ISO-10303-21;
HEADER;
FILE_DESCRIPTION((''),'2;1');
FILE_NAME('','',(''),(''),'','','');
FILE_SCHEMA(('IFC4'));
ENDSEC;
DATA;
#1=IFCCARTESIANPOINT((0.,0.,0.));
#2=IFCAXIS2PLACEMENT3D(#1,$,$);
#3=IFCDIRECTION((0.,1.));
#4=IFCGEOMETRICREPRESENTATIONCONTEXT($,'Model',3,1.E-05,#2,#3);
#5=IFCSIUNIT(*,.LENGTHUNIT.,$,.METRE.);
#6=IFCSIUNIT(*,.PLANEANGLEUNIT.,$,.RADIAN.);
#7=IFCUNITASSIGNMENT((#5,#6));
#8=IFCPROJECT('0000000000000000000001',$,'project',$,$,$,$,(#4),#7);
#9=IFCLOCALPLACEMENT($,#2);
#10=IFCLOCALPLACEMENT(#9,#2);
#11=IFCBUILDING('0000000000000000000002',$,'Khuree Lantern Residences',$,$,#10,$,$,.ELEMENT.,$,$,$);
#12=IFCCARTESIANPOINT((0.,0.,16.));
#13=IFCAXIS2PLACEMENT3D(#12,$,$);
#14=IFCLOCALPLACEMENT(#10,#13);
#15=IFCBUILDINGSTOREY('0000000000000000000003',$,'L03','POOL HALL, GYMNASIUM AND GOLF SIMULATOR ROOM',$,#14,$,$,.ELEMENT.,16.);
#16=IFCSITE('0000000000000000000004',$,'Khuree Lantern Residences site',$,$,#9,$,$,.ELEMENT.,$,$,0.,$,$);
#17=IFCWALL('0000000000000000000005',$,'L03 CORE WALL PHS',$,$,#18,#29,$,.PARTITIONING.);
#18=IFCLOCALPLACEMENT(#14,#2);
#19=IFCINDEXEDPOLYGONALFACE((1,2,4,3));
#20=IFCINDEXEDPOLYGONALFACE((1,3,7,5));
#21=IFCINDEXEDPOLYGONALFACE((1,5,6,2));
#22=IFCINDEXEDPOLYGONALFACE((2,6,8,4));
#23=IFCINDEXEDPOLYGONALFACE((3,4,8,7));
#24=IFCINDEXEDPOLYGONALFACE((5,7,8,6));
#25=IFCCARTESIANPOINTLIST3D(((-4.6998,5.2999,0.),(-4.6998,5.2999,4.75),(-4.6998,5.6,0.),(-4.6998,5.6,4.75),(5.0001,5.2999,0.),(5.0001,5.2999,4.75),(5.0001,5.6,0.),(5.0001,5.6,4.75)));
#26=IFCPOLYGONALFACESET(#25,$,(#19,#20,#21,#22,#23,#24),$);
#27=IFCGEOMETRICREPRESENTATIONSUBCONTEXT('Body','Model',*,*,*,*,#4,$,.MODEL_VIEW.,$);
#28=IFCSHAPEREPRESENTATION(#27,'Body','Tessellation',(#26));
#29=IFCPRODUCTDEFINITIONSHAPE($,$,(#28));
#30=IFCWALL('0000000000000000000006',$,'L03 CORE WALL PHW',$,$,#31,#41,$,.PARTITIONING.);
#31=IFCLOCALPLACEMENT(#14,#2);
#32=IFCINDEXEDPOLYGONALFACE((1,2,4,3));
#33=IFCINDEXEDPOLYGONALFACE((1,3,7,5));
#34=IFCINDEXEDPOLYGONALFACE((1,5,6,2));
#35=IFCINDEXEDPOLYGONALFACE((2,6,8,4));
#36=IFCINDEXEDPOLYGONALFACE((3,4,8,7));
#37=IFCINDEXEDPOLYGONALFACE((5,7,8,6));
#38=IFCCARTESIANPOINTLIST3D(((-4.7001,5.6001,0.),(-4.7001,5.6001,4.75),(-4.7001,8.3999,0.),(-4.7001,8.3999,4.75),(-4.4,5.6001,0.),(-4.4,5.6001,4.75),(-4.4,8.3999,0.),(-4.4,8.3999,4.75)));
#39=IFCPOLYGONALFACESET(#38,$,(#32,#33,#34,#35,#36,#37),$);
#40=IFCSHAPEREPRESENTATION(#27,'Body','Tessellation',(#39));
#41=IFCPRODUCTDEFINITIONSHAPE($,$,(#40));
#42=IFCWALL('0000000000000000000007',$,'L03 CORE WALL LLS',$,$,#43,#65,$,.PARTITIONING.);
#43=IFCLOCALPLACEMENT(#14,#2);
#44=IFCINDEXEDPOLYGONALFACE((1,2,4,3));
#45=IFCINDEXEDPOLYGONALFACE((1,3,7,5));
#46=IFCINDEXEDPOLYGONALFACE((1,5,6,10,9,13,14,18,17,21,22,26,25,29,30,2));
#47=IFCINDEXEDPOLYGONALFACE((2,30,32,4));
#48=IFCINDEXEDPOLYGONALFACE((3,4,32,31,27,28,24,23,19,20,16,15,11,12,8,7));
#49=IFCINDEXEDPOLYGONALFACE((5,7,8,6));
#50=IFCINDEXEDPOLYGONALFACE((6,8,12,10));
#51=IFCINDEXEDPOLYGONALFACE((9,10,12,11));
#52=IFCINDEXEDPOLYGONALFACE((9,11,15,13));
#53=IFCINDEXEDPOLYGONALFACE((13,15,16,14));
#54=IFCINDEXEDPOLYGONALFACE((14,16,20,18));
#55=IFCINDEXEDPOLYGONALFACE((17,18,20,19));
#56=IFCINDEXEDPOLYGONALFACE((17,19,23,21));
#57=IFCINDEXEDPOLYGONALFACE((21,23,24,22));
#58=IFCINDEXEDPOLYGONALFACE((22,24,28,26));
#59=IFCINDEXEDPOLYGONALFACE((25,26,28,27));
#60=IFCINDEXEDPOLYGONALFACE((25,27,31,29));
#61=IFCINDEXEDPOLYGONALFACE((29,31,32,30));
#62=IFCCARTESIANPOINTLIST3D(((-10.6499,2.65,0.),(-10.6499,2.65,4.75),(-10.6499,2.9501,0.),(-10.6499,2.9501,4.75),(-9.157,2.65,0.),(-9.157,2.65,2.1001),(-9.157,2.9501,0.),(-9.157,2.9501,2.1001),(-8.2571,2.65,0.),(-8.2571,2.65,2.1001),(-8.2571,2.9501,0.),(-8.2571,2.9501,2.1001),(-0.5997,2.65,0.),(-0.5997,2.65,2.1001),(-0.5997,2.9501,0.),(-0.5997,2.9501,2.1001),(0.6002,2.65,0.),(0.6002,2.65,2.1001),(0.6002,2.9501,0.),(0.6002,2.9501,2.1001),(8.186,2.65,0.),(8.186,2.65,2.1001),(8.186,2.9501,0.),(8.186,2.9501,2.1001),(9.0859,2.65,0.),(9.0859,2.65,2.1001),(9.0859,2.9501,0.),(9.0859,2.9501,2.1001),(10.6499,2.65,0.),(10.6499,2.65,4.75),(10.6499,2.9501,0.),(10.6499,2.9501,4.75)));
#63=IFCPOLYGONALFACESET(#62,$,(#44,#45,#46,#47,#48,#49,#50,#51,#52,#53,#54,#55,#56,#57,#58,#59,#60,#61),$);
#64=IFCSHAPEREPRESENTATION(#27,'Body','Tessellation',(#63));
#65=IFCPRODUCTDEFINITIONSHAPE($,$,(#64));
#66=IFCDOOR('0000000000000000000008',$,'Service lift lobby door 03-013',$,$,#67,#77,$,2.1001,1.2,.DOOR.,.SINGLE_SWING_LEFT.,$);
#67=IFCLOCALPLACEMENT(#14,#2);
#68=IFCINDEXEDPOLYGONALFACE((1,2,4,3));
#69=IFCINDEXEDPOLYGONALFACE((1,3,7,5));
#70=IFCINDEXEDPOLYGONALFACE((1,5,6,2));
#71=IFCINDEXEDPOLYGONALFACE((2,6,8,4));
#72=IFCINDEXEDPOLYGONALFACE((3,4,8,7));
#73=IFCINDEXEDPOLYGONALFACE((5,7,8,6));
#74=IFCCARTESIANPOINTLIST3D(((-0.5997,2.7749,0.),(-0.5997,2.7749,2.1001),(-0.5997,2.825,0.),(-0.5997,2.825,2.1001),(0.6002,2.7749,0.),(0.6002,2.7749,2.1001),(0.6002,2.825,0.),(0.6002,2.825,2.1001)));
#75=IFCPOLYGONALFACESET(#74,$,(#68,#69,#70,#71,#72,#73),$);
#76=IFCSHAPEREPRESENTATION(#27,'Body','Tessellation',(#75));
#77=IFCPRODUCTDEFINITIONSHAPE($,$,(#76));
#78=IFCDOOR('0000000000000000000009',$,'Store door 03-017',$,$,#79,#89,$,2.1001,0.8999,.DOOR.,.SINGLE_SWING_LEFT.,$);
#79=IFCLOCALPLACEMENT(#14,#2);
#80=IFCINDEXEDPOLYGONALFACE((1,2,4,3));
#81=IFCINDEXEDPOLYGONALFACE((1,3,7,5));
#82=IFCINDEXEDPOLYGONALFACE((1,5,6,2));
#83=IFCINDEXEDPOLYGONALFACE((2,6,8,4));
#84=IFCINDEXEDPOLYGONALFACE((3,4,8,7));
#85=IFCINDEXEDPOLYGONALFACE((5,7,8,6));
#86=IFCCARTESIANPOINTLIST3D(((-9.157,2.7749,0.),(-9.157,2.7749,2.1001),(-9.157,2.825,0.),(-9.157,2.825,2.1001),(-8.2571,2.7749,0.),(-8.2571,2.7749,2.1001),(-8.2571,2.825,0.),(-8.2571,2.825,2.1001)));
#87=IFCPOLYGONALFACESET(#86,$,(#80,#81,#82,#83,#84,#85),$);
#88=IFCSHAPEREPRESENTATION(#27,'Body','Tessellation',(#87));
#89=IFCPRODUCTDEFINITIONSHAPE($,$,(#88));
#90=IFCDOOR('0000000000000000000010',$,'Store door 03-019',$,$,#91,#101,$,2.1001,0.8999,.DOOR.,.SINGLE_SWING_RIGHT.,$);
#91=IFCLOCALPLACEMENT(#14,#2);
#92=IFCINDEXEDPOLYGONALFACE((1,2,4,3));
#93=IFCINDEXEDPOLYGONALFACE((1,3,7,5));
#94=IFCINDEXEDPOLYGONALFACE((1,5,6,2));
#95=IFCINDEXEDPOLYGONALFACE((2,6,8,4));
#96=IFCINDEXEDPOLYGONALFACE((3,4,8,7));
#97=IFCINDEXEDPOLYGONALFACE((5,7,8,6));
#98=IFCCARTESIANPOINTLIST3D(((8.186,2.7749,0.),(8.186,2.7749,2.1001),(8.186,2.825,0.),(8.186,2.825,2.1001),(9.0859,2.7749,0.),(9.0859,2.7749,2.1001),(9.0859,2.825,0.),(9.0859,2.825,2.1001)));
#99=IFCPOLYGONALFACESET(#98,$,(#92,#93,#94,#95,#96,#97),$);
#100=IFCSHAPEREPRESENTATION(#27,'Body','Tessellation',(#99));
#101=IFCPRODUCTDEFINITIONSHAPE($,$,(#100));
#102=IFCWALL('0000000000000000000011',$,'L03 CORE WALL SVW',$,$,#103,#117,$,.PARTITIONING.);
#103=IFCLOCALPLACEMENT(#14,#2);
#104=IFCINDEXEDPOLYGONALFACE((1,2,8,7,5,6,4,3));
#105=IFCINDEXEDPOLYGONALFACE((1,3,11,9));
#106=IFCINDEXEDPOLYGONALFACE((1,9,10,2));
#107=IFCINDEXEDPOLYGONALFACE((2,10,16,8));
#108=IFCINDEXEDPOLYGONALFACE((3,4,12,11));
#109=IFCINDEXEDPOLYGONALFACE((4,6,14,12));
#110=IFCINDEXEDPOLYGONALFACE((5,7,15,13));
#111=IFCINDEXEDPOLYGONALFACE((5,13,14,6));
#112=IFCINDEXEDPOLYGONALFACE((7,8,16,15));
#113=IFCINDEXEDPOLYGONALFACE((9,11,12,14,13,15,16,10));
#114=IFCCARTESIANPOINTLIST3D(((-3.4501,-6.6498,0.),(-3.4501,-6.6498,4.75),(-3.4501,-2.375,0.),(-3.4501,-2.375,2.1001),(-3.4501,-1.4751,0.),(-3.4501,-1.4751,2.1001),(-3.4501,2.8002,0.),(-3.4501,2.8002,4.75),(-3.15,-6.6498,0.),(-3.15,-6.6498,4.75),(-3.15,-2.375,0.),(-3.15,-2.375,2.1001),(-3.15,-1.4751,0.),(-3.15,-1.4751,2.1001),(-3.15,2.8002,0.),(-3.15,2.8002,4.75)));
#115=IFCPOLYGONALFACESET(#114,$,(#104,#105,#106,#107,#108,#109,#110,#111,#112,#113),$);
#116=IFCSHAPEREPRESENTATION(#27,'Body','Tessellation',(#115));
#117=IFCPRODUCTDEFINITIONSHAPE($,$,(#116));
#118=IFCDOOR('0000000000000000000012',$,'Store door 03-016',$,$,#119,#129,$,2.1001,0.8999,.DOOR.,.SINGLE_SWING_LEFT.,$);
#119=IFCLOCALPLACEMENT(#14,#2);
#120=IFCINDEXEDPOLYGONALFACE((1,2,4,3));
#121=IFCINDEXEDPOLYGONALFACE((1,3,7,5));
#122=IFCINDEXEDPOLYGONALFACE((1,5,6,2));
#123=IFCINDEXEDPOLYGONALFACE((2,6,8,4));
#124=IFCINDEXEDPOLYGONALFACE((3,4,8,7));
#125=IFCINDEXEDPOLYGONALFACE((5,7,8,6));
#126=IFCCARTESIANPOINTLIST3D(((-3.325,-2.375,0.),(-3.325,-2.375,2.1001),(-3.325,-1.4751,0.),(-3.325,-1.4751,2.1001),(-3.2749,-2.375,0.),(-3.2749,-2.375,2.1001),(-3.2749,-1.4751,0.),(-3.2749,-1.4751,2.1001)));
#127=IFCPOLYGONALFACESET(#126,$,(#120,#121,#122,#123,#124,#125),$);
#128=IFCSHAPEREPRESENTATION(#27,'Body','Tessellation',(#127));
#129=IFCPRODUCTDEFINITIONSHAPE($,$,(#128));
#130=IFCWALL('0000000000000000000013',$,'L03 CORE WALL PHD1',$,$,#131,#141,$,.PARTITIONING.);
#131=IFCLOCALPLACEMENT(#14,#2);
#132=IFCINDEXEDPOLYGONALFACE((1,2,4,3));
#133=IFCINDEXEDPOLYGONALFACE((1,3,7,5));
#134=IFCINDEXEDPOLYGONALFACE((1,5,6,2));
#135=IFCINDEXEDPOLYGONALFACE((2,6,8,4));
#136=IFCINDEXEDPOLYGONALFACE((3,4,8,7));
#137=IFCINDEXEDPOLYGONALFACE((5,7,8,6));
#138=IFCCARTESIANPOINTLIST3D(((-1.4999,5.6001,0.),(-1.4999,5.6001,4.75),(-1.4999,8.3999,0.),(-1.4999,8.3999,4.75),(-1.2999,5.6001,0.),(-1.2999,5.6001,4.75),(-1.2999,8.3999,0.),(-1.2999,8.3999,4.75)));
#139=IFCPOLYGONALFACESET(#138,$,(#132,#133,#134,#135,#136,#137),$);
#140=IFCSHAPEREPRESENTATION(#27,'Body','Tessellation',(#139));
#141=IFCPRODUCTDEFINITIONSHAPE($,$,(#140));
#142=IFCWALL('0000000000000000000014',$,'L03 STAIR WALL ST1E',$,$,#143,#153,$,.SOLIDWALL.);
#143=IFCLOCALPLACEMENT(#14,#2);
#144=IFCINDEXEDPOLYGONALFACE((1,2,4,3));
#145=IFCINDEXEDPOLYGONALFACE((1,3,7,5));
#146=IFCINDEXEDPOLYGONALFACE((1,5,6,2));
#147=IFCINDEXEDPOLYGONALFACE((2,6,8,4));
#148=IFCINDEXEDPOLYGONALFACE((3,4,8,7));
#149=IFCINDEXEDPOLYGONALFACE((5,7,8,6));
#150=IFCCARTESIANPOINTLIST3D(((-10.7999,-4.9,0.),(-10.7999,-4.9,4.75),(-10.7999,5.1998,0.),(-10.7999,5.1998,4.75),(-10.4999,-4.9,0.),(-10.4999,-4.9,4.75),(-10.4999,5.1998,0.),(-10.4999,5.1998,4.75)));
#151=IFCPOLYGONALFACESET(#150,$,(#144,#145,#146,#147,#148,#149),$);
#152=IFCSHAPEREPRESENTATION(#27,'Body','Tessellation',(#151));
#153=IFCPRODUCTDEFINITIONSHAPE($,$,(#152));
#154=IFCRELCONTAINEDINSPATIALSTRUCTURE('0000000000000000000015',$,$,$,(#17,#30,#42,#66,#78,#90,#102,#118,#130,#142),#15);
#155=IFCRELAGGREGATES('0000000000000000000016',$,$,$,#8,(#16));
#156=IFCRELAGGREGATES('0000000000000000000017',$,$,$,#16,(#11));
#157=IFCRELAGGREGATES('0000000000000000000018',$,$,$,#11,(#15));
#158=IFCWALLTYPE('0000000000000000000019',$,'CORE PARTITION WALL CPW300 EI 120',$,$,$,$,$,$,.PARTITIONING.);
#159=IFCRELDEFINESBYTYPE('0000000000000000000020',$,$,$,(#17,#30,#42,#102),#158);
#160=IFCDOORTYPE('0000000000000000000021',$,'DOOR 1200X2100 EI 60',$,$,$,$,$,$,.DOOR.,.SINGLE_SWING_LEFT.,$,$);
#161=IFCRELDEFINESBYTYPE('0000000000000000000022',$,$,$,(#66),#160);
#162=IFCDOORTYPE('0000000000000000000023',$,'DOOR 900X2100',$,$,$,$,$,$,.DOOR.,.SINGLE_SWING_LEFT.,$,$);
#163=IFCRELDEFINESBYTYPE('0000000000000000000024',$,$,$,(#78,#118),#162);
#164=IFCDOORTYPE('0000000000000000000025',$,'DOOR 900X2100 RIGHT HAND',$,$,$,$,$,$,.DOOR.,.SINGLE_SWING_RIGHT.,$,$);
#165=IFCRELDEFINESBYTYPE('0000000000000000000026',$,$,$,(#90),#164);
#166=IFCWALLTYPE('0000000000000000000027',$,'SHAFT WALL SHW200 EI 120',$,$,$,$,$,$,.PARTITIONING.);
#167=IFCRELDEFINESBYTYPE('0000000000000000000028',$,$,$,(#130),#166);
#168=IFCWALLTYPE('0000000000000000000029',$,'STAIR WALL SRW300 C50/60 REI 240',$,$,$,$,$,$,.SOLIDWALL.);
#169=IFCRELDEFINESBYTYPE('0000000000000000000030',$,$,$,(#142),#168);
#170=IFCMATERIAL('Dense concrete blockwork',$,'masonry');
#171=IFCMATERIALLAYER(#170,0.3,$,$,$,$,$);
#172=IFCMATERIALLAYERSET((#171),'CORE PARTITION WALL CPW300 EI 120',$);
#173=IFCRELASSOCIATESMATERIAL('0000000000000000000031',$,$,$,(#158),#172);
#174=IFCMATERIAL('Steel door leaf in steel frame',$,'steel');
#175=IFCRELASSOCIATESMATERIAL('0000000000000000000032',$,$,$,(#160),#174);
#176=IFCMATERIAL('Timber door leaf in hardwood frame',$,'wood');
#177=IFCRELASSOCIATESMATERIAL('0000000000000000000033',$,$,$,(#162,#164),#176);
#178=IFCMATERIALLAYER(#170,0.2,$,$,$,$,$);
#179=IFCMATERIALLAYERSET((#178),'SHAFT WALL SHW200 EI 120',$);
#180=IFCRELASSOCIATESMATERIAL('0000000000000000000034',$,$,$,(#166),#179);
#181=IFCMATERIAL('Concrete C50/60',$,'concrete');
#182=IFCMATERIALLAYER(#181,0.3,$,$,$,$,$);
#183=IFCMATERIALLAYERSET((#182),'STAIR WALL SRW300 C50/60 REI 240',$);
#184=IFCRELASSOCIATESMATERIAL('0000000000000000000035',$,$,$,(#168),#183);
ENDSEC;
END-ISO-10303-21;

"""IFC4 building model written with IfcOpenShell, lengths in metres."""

from ifc_helpers import new_model, si_unit, direction, frame, frame_2d, origin, place, context, subcontext, project, spatial, rectangle, extrude, material, layer, layer_set, type_object, element, fill, save


model = new_model("IFC4")

# Units and contexts
model_context = context("Model", 3, precision=1e-05, world=origin(), true_north=direction((0.0, 1.0)))
body_context = subcontext(model_context, "Body", "Model", "MODEL_VIEW")
ifc_project = project(units=[si_unit("LENGTHUNIT", "METRE"), si_unit("PLANEANGLEUNIT", "RADIAN")], contexts=[model_context])

# Site, building, storey
site_placement = place(None, origin())
site = spatial("IfcSite", under=ifc_project, at=site_placement, Name="Khuree Lantern Residences site", CompositionType="ELEMENT", RefElevation=0.0)
building_placement = place(site_placement, origin())
building = spatial("IfcBuilding", under=site, at=building_placement, Name="Khuree Lantern Residences", CompositionType="ELEMENT")
storey_placement = place(building_placement, frame((0.0, 0.0, 16.0)))
storey = spatial("IfcBuildingStorey", under=building, at=storey_placement, Name="L03", Description="POOL HALL, GYMNASIUM AND GOLF SIMULATOR ROOM", CompositionType="ELEMENT", Elevation=16.0)

# Walls
ifc_material_1 = material(Name="Dense concrete blockwork", Category="masonry")
ifc_layer_1 = layer(ifc_material_1, 0.3)
ifc_layer_set_1 = layer_set([ifc_layer_1], Name="CORE PARTITION WALL CPW300 EI 120")
wall_type_1 = type_object("IfcWallType", Name="CORE PARTITION WALL CPW300 EI 120", PredefinedType="PARTITIONING", material=ifc_layer_set_1)
wall_1_placement = place(storey_placement, frame((-4.7, 5.45, 0.0), z_axis=(0.0, 0.0, 1.0), x_axis=(1.0, 0.0, 0.0)))
element("IfcWall", 1, at=wall_1_placement, inside=storey, type_object=wall_type_1, Name="L03 CORE WALL PHS", PredefinedType="PARTITIONING", context=body_context, shape_type="SweptSolid", body=[
    extrude(rectangle(XDim=9.7, YDim=0.3, at=frame_2d((4.8501, 0.0))), origin(), (0.0, 0.0, 1.0), 4.75),
])
wall_2_placement = place(storey_placement, frame((-4.55, 5.6001, 0.0), z_axis=(0.0, 0.0, 1.0), x_axis=(0.0, 1.0, 0.0)))
element("IfcWall", 2, at=wall_2_placement, inside=storey, type_object=wall_type_1, Name="L03 CORE WALL PHW", PredefinedType="PARTITIONING", context=body_context, shape_type="SweptSolid", body=[
    extrude(rectangle(XDim=2.7998, YDim=0.3, at=frame_2d((1.3999, 0.0))), origin(), (0.0, 0.0, 1.0), 4.75),
])

# Wall, openings, doors
wall_3_placement = place(storey_placement, frame((-10.6499, 2.8, 0.0), z_axis=(0.0, 0.0, 1.0), x_axis=(1.0, 0.0, 0.0)))
wall_3 = element("IfcWall", 3, at=wall_3_placement, inside=storey, type_object=wall_type_1, Name="L03 CORE WALL LLS", PredefinedType="PARTITIONING", context=body_context, shape_type="SweptSolid", body=[
    extrude(rectangle(XDim=21.2998, YDim=0.3, at=frame_2d((10.6499, 0.0))), origin(), (0.0, 0.0, 1.0), 4.75),
])
opening_1_placement = place(wall_3_placement, frame((10.05, 0.0, 0.0)))
opening_1 = element("IfcOpeningElement", 4, at=opening_1_placement, cuts=wall_3, PredefinedType="OPENING", context=body_context, shape_type="SweptSolid", body=[
    extrude(rectangle(XDim=1.2, YDim=2.1001, at=frame_2d((0.6001, 1.05))), frame((0.0, 0.1602, 0.0), z_axis=(0.0, -1.0, 0.0), x_axis=(1.0, 0.0, 0.0)), (0.0, 0.0, 1.0), 0.3201),
])
opening_2_placement = place(wall_3_placement, frame((1.4929, 0.0, 0.0)))
opening_2 = element("IfcOpeningElement", 5, at=opening_2_placement, cuts=wall_3, PredefinedType="OPENING", context=body_context, shape_type="SweptSolid", body=[
    extrude(rectangle(XDim=0.8999, YDim=2.1001, at=frame_2d((0.45, 1.05))), frame((0.0, 0.1602, 0.0), z_axis=(0.0, -1.0, 0.0), x_axis=(1.0, 0.0, 0.0)), (0.0, 0.0, 1.0), 0.3201),
])
opening_3_placement = place(wall_3_placement, frame((18.8359, 0.0, 0.0)))
opening_3 = element("IfcOpeningElement", 6, at=opening_3_placement, cuts=wall_3, PredefinedType="OPENING", context=body_context, shape_type="SweptSolid", body=[
    extrude(rectangle(XDim=0.8999, YDim=2.1001, at=frame_2d((0.45, 1.05))), frame((0.0, 0.1602, 0.0), z_axis=(0.0, -1.0, 0.0), x_axis=(1.0, 0.0, 0.0)), (0.0, 0.0, 1.0), 0.3201),
])
ifc_material_2 = material(Name="Steel door leaf in steel frame", Category="steel")
door_type_1 = type_object("IfcDoorType", Name="DOOR 1200X2100 EI 60", OperationType="SINGLE_SWING_LEFT", PredefinedType="DOOR", material=ifc_material_2)
door_1_placement = place(opening_1_placement, origin())
door_1 = element("IfcDoor", 7, at=door_1_placement, inside=storey, type_object=door_type_1, Name="Service lift lobby door 03-013", OperationType="SINGLE_SWING_LEFT", OverallHeight=2.1001, OverallWidth=1.2, PredefinedType="DOOR", context=body_context, shape_type="SweptSolid", body=[
    extrude(rectangle(XDim=1.2, YDim=2.1001, at=frame_2d((0.6001, 1.05))), frame((0.0, 0.0249, 0.0), z_axis=(0.0, -1.0, 0.0), x_axis=(1.0, 0.0, 0.0)), (0.0, 0.0, 1.0), 0.05),
])
fill(opening_1, door_1)
ifc_material_3 = material(Name="Timber door leaf in hardwood frame", Category="wood")
door_type_2 = type_object("IfcDoorType", Name="DOOR 900X2100", OperationType="SINGLE_SWING_LEFT", PredefinedType="DOOR", material=ifc_material_3)
door_2_placement = place(opening_2_placement, origin())
door_2 = element("IfcDoor", 8, at=door_2_placement, inside=storey, type_object=door_type_2, Name="Store door 03-017", OperationType="SINGLE_SWING_LEFT", OverallHeight=2.1001, OverallWidth=0.8999, PredefinedType="DOOR", context=body_context, shape_type="SweptSolid", body=[
    extrude(rectangle(XDim=0.8999, YDim=2.1001, at=frame_2d((0.45, 1.05))), frame((0.0, 0.0249, 0.0), z_axis=(0.0, -1.0, 0.0), x_axis=(1.0, 0.0, 0.0)), (0.0, 0.0, 1.0), 0.05),
])
fill(opening_2, door_2)
door_type_3 = type_object("IfcDoorType", Name="DOOR 900X2100 RIGHT HAND", OperationType="SINGLE_SWING_RIGHT", PredefinedType="DOOR", material=ifc_material_3)
door_3_placement = place(opening_3_placement, origin())
door_3 = element("IfcDoor", 9, at=door_3_placement, inside=storey, type_object=door_type_3, Name="Store door 03-019", OperationType="SINGLE_SWING_RIGHT", OverallHeight=2.1001, OverallWidth=0.8999, PredefinedType="DOOR", context=body_context, shape_type="SweptSolid", body=[
    extrude(rectangle(XDim=0.8999, YDim=2.1001, at=frame_2d((0.45, 1.05))), frame((0.0, 0.0249, 0.0), z_axis=(0.0, -1.0, 0.0), x_axis=(1.0, 0.0, 0.0)), (0.0, 0.0, 1.0), 0.05),
])
fill(opening_3, door_3)

# Wall, opening, door
wall_4_placement = place(storey_placement, frame((-3.3, -6.6499, 0.0), z_axis=(0.0, 0.0, 1.0), x_axis=(0.0, 1.0, 0.0)))
wall_4 = element("IfcWall", 10, at=wall_4_placement, inside=storey, type_object=wall_type_1, Name="L03 CORE WALL SVW", PredefinedType="PARTITIONING", context=body_context, shape_type="SweptSolid", body=[
    extrude(rectangle(XDim=9.45, YDim=0.3, at=frame_2d((4.7251, 0.0))), origin(), (0.0, 0.0, 1.0), 4.75),
])
opening_4_placement = place(wall_4_placement, frame((4.2749, 0.0, 0.0)))
opening_4 = element("IfcOpeningElement", 11, at=opening_4_placement, cuts=wall_4, PredefinedType="OPENING", context=body_context, shape_type="SweptSolid", body=[
    extrude(rectangle(XDim=0.8999, YDim=2.1001, at=frame_2d((0.45, 1.05))), frame((0.0, 0.1602, 0.0), z_axis=(0.0, -1.0, 0.0), x_axis=(1.0, 0.0, 0.0)), (0.0, 0.0, 1.0), 0.3201),
])
door_4_placement = place(opening_4_placement, origin())
door_4 = element("IfcDoor", 12, at=door_4_placement, inside=storey, type_object=door_type_2, Name="Store door 03-016", OperationType="SINGLE_SWING_LEFT", OverallHeight=2.1001, OverallWidth=0.8999, PredefinedType="DOOR", context=body_context, shape_type="SweptSolid", body=[
    extrude(rectangle(XDim=0.8999, YDim=2.1001, at=frame_2d((0.45, 1.05))), frame((0.0, 0.0249, 0.0), z_axis=(0.0, -1.0, 0.0), x_axis=(1.0, 0.0, 0.0)), (0.0, 0.0, 1.0), 0.05),
])
fill(opening_4, door_4)

# Walls
ifc_layer_2 = layer(ifc_material_1, 0.2)
ifc_layer_set_2 = layer_set([ifc_layer_2], Name="SHAFT WALL SHW200 EI 120")
wall_type_2 = type_object("IfcWallType", Name="SHAFT WALL SHW200 EI 120", PredefinedType="PARTITIONING", material=ifc_layer_set_2)
wall_5_placement = place(storey_placement, frame((-1.3999, 5.6001, 0.0), z_axis=(0.0, 0.0, 1.0), x_axis=(0.0, 1.0, 0.0)))
element("IfcWall", 13, at=wall_5_placement, inside=storey, type_object=wall_type_2, Name="L03 CORE WALL PHD1", PredefinedType="PARTITIONING", context=body_context, shape_type="SweptSolid", body=[
    extrude(rectangle(XDim=2.7998, YDim=0.2, at=frame_2d((1.3999, 0.0))), origin(), (0.0, 0.0, 1.0), 4.75),
])
ifc_material_4 = material(Name="Concrete C50/60", Category="concrete")
ifc_layer_3 = layer(ifc_material_4, 0.3)
ifc_layer_set_3 = layer_set([ifc_layer_3], Name="STAIR WALL SRW300 C50/60 REI 240")
wall_type_3 = type_object("IfcWallType", Name="STAIR WALL SRW300 C50/60 REI 240", PredefinedType="SOLIDWALL", material=ifc_layer_set_3)
wall_6_placement = place(storey_placement, frame((-10.6499, -4.8999, 0.0), z_axis=(0.0, 0.0, 1.0), x_axis=(0.0, 1.0, 0.0)))
element("IfcWall", 14, at=wall_6_placement, inside=storey, type_object=wall_type_3, Name="L03 STAIR WALL ST1E", PredefinedType="SOLIDWALL", context=body_context, shape_type="SweptSolid", body=[
    extrude(rectangle(XDim=10.0999, YDim=0.3, at=frame_2d((5.0498, 0.0))), origin(), (0.0, 0.0, 1.0), 4.75),
])

save(model, "model.ifc")
